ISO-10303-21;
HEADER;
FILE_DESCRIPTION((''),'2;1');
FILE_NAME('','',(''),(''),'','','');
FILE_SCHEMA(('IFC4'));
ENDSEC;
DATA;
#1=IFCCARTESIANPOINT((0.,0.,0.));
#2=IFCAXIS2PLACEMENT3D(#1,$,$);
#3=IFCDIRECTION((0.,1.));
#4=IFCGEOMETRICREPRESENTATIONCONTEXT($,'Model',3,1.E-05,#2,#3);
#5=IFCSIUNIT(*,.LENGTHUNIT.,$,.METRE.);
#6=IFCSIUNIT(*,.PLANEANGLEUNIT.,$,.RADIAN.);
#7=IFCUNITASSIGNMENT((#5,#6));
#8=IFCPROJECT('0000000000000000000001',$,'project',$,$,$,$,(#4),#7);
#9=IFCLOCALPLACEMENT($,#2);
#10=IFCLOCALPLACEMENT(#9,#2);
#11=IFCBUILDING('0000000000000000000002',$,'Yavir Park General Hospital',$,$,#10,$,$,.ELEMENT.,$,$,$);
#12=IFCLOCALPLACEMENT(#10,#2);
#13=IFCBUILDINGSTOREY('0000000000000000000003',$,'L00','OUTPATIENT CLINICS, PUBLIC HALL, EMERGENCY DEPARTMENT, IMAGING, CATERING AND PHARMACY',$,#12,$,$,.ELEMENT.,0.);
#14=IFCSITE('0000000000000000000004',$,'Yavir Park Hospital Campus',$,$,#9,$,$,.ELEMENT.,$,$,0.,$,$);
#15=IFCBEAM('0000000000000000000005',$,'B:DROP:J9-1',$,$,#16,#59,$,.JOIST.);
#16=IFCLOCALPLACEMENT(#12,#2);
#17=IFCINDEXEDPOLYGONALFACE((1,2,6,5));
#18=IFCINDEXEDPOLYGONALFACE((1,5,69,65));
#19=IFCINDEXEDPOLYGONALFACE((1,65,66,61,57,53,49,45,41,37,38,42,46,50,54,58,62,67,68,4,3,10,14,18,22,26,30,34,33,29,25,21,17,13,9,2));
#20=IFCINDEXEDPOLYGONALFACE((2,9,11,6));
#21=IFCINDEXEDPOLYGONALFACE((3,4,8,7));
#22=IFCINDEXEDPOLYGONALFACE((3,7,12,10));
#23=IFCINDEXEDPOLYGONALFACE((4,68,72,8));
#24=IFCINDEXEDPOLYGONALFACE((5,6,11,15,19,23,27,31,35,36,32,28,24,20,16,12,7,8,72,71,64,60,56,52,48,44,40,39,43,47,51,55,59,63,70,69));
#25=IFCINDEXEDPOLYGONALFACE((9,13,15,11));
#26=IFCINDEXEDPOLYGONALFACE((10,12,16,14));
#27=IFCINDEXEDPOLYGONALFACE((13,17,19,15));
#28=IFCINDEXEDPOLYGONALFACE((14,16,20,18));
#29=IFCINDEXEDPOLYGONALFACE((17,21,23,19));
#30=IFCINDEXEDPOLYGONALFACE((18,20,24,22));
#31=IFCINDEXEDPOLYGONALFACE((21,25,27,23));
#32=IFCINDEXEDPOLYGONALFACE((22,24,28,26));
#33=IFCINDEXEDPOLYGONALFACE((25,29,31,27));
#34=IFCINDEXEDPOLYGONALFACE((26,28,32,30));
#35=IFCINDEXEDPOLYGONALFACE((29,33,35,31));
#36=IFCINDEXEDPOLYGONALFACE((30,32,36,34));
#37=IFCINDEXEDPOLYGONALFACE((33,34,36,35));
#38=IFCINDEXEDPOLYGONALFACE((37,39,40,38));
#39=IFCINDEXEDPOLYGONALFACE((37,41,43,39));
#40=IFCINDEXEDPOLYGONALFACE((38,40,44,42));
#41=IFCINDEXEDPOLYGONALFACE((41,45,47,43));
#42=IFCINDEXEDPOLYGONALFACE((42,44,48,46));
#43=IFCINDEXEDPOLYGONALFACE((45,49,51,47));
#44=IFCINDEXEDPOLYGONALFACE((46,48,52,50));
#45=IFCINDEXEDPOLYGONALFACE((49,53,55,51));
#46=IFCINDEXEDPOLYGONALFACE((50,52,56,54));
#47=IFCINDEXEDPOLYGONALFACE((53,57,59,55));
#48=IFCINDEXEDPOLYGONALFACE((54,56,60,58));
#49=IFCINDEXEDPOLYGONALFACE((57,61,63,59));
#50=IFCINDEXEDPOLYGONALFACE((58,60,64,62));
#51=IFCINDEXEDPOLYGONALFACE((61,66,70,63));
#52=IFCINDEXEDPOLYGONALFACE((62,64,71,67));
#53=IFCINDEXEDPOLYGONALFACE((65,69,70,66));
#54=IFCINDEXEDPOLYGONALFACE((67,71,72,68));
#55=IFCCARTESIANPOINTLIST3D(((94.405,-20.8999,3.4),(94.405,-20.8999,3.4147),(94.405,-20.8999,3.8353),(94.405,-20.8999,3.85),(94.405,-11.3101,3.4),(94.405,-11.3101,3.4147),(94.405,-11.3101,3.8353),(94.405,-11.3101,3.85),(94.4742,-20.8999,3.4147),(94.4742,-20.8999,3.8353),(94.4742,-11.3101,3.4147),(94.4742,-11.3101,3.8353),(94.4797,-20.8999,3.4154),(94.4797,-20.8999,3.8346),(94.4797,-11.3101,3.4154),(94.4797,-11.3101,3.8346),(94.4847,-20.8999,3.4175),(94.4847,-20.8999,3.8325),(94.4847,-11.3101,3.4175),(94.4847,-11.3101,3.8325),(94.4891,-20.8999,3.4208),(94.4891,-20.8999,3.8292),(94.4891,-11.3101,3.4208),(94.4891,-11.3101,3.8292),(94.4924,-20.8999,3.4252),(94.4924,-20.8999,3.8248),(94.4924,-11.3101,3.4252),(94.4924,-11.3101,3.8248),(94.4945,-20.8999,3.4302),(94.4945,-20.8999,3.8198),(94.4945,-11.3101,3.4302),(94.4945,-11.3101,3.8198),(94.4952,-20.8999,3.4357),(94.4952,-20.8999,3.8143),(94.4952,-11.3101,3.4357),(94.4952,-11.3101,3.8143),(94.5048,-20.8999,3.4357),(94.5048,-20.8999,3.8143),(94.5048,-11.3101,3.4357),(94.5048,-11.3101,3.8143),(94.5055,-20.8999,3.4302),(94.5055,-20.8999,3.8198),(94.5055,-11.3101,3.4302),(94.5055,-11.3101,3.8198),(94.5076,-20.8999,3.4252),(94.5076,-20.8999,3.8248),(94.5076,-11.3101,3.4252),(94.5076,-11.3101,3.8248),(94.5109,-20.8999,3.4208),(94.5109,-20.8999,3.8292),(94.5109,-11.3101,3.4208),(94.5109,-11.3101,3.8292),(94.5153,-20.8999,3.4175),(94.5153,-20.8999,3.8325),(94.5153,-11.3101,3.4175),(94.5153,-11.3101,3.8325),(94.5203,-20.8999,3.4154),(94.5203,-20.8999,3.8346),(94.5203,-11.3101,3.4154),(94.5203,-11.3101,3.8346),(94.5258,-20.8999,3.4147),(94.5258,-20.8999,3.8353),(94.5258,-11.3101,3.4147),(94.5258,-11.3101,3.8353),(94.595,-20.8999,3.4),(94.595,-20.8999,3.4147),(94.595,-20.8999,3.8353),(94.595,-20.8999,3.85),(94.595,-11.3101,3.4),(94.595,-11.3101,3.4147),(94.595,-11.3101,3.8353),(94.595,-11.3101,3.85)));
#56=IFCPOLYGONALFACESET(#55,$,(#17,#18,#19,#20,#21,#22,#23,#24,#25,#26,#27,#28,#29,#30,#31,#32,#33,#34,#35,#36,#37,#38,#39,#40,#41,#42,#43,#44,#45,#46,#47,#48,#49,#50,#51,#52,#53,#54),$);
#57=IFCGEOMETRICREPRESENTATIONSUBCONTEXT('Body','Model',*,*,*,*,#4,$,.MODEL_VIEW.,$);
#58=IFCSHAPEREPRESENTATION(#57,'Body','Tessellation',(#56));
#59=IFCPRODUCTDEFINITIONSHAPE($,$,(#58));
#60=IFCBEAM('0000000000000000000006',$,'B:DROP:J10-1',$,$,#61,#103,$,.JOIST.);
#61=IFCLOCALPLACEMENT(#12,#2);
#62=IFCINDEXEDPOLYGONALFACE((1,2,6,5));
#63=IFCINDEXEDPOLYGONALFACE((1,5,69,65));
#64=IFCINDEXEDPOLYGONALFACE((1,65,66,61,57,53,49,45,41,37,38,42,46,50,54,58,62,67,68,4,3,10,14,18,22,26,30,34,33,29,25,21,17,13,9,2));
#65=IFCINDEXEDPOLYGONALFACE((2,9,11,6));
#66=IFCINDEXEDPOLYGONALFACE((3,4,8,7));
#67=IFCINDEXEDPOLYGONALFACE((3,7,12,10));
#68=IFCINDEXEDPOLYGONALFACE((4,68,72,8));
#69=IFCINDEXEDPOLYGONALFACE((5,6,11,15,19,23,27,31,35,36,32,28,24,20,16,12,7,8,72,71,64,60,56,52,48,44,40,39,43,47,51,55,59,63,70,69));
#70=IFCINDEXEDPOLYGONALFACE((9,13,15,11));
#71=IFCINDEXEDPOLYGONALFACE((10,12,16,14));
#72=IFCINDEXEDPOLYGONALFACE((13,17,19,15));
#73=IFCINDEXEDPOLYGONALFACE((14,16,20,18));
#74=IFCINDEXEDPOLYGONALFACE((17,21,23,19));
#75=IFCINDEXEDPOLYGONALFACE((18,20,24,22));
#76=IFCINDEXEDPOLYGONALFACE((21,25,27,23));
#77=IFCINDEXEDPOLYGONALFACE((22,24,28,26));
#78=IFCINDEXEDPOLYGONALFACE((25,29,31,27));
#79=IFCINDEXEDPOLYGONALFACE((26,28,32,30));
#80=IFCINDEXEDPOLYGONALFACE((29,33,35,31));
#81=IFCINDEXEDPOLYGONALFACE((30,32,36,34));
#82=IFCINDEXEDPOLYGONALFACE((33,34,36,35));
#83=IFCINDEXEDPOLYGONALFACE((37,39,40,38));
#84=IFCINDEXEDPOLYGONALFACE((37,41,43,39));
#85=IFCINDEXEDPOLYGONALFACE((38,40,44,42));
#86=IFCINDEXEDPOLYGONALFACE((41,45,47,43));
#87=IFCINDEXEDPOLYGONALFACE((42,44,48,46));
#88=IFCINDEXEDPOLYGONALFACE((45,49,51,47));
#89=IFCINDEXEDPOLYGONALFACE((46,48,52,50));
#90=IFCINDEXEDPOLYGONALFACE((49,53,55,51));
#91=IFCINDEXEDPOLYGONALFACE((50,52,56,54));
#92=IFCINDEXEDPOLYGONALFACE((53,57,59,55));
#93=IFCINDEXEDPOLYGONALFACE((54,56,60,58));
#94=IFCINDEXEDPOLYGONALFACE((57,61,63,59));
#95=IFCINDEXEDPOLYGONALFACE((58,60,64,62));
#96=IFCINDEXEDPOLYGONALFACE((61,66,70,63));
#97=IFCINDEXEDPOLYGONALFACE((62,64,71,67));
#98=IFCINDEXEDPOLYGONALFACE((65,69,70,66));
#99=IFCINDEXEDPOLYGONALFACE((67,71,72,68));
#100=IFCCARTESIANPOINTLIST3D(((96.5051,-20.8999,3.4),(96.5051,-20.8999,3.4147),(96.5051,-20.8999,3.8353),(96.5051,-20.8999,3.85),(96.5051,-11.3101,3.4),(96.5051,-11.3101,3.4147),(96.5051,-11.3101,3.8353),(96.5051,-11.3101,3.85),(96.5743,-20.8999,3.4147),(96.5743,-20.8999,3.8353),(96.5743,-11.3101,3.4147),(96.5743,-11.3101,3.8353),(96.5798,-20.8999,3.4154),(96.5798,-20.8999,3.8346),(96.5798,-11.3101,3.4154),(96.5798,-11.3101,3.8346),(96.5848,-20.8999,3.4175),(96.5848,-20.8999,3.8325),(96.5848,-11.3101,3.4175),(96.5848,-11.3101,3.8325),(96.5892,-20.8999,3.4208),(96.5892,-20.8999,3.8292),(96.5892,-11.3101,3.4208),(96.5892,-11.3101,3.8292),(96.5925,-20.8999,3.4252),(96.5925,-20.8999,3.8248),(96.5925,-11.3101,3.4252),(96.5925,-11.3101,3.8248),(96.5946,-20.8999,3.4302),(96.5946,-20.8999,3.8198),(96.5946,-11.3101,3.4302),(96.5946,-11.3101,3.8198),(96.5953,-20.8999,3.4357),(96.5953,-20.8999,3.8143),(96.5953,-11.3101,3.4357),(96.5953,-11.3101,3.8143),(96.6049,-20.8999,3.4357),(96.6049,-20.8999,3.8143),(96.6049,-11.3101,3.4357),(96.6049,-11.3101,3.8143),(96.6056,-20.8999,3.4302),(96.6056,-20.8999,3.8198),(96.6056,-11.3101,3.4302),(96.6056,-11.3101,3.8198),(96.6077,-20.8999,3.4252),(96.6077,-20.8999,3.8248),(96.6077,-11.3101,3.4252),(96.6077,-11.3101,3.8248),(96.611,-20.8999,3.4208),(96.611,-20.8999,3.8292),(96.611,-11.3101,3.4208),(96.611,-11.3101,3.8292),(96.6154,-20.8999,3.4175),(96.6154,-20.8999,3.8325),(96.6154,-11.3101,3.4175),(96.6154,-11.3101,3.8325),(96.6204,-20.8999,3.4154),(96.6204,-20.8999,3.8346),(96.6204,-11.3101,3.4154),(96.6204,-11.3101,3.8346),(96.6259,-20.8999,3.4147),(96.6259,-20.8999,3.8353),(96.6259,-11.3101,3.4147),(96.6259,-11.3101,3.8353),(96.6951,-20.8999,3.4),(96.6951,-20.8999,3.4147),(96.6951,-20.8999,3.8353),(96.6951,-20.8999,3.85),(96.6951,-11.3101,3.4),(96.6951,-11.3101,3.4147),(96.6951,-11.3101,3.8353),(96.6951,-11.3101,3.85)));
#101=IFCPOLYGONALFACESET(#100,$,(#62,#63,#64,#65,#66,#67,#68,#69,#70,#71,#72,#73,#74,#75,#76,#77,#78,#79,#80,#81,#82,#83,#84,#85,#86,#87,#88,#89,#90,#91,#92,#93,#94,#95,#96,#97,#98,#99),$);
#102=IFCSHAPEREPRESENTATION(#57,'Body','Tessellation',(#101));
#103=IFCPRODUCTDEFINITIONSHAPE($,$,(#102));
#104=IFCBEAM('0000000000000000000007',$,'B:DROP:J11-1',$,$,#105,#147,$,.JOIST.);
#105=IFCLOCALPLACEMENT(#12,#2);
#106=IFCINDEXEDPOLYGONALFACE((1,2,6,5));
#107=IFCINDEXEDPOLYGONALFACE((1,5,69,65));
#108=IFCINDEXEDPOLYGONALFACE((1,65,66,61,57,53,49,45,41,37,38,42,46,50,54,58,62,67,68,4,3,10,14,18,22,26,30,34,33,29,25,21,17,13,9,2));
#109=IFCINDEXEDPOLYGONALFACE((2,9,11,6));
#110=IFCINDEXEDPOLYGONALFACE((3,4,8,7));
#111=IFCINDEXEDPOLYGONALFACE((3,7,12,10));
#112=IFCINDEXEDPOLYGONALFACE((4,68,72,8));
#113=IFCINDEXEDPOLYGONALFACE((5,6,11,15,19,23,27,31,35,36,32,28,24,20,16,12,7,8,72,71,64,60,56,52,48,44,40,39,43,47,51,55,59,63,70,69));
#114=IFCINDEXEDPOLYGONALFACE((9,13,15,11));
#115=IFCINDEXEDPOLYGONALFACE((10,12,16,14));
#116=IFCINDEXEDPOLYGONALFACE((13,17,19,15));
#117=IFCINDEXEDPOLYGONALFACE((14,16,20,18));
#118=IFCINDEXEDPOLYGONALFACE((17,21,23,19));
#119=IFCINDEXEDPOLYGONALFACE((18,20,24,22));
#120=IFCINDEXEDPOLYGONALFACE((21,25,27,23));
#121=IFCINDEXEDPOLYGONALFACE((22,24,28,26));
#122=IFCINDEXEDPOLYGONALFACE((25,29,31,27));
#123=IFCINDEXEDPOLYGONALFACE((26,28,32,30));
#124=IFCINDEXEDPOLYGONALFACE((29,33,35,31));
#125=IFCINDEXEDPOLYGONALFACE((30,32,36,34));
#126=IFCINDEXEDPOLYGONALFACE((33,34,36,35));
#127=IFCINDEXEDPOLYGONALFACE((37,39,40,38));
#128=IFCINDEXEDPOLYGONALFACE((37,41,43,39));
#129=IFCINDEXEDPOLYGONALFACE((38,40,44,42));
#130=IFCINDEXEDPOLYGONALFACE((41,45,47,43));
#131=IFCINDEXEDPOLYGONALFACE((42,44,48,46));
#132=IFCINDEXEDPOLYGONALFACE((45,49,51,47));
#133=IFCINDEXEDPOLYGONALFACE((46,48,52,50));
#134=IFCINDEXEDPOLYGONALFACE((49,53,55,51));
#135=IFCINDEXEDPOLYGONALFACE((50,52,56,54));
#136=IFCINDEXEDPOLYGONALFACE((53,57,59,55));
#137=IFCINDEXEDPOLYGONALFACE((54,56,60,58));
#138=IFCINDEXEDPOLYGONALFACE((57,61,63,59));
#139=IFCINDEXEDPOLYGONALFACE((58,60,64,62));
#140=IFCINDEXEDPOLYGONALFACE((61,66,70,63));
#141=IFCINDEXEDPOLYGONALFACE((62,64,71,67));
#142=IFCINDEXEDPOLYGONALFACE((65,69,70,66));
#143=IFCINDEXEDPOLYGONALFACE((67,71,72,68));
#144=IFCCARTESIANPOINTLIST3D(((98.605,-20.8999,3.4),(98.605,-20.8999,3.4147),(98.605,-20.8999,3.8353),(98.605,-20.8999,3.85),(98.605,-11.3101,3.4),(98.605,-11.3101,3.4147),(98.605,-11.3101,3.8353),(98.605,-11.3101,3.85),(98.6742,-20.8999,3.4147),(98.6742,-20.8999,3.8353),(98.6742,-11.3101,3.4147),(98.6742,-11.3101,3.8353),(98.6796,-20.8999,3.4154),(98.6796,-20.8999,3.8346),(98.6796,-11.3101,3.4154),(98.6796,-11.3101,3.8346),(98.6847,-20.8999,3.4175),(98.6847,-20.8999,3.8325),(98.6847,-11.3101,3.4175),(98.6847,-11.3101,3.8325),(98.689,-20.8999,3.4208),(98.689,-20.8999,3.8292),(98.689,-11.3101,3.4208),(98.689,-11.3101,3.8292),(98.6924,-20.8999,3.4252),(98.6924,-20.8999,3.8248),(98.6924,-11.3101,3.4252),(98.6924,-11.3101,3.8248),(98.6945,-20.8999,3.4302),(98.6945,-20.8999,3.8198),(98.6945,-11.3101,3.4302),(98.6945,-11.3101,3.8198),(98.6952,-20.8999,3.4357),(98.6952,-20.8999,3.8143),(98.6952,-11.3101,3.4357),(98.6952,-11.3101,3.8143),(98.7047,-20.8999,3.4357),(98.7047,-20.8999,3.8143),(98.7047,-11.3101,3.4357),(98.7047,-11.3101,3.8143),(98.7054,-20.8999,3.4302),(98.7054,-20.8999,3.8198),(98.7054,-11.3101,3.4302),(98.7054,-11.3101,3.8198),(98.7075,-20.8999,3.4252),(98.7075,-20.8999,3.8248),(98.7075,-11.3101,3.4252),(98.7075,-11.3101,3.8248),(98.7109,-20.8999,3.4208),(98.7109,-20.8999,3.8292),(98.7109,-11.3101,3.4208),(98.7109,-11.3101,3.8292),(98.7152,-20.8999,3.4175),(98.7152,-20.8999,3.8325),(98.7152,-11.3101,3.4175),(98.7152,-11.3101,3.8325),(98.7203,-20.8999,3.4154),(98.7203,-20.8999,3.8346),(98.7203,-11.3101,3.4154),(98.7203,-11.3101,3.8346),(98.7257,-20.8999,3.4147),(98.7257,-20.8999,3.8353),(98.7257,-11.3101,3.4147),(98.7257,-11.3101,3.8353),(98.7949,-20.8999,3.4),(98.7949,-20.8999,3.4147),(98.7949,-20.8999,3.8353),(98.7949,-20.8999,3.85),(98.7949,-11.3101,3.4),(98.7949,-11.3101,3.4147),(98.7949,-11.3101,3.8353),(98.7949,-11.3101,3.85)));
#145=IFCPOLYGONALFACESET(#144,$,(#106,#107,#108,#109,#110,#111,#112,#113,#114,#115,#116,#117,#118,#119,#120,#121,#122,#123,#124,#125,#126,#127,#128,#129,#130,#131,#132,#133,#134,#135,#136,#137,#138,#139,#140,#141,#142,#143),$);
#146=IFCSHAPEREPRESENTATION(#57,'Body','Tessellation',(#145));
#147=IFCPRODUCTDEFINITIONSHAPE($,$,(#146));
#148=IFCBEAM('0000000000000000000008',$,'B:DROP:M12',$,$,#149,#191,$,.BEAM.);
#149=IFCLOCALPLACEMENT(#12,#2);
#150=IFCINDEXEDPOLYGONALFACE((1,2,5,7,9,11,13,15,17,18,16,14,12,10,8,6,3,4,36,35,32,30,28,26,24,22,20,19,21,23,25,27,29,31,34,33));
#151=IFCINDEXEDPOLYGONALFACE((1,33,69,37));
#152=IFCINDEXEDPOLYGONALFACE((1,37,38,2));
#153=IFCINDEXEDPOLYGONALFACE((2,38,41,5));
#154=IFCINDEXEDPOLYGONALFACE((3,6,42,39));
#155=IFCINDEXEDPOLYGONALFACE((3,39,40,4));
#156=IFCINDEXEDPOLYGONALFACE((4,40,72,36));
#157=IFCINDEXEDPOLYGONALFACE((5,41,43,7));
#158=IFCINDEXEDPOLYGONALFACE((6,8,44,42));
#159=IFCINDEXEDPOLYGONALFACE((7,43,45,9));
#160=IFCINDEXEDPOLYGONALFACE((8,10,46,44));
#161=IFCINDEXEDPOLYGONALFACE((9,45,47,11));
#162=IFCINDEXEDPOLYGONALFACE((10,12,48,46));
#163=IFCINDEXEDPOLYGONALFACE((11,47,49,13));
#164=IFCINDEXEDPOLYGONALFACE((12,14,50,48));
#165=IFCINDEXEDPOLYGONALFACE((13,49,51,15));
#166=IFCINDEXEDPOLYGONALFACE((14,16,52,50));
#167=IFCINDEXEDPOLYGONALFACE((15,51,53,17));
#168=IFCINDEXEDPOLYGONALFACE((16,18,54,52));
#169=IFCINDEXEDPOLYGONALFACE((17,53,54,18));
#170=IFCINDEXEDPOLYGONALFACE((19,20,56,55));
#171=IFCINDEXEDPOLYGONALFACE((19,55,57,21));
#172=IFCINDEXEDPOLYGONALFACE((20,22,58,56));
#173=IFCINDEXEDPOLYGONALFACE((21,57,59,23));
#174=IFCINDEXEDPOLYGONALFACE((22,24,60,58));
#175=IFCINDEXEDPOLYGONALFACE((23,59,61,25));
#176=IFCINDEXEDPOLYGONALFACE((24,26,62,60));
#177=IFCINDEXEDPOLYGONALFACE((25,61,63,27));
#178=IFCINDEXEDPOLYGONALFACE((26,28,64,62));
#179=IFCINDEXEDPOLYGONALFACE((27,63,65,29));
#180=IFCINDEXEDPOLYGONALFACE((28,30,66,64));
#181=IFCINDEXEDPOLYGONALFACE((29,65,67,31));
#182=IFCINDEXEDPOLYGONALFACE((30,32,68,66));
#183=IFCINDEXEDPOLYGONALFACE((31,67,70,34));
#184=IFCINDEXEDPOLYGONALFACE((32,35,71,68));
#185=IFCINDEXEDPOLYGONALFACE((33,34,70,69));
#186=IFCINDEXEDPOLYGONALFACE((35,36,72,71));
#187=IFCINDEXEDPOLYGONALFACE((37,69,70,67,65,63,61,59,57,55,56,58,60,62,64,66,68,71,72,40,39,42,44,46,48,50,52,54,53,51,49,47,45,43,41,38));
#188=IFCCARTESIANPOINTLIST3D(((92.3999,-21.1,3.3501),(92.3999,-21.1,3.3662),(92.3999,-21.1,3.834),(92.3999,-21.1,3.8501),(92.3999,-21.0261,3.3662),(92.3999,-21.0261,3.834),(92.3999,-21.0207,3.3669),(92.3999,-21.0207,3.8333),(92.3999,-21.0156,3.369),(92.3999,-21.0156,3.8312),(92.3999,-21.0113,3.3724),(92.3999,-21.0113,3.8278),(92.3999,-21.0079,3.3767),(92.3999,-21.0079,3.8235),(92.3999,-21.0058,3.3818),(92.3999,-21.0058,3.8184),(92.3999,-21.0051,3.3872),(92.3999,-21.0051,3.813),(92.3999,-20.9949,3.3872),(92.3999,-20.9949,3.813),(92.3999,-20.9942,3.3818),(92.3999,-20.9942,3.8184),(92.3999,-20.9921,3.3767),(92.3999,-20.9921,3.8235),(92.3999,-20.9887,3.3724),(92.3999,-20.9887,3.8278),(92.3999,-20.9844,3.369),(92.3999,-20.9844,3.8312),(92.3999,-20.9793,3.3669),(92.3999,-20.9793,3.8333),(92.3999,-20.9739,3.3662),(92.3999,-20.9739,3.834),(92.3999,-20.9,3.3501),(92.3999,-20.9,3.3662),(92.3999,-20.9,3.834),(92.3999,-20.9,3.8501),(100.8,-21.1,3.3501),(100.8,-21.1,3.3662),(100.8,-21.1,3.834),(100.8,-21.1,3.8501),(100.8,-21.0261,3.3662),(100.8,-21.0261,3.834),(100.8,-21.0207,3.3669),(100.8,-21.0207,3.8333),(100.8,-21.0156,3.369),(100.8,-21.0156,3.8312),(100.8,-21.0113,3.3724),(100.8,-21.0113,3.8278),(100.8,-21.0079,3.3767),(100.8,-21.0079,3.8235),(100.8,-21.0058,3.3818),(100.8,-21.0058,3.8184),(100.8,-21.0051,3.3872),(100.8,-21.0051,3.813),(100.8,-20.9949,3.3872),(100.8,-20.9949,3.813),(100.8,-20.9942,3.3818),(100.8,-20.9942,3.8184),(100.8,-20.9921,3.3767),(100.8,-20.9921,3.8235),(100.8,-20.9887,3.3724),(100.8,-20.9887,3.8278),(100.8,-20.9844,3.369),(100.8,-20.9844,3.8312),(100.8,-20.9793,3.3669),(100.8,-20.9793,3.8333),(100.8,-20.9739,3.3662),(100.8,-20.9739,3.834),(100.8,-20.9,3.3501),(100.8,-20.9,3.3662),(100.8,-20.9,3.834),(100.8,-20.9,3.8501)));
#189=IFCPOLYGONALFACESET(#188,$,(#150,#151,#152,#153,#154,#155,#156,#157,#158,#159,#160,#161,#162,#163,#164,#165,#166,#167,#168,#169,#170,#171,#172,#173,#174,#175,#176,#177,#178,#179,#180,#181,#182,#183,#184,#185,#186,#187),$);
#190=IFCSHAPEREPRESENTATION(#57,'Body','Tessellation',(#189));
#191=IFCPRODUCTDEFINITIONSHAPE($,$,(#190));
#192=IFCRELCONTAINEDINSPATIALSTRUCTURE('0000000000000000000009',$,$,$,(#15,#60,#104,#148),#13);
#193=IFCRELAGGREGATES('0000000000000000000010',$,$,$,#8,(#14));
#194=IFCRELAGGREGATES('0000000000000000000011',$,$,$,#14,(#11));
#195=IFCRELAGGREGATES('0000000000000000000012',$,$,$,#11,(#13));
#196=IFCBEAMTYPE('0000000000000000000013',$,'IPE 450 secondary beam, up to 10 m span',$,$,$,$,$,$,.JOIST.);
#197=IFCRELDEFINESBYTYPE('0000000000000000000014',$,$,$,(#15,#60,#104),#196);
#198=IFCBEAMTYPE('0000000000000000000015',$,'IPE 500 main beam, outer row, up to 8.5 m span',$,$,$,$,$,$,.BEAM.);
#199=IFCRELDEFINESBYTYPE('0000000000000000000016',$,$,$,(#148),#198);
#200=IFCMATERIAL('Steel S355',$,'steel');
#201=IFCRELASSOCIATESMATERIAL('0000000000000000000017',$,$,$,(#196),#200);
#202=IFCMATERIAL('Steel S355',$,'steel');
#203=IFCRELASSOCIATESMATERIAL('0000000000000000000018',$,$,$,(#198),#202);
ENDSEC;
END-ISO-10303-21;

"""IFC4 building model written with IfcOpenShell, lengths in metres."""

from ifc_helpers import new_model, si_unit, direction, frame, origin, origin_2d, place, context, subcontext, project, spatial, i_section, extrude, material, material_profile, profile_set, type_object, element, save


model = new_model("IFC4")

# Units and contexts
model_context = context("Model", 3, precision=1e-05, world=origin(), true_north=direction((0.0, 1.0)))
body_context = subcontext(model_context, "Body", "Model", "MODEL_VIEW")
ifc_project = project(units=[si_unit("LENGTHUNIT", "METRE"), si_unit("PLANEANGLEUNIT", "RADIAN")], contexts=[model_context])

# Site, building, storey
site_placement = place(None, origin())
site = spatial("IfcSite", under=ifc_project, at=site_placement, Name="Yavir Park Hospital Campus", CompositionType="ELEMENT", RefElevation=0.0)
building_placement = place(site_placement, origin())
building = spatial("IfcBuilding", under=site, at=building_placement, Name="Yavir Park General Hospital", CompositionType="ELEMENT")
storey_placement = place(building_placement, origin())
storey = spatial("IfcBuildingStorey", under=building, at=storey_placement, Name="L00", Description="OUTPATIENT CLINICS, PUBLIC HALL, EMERGENCY DEPARTMENT, IMAGING, CATERING AND PHARMACY", CompositionType="ELEMENT", Elevation=0.0)

# Beams
ifc_material_1 = material(Name="Steel S355", Category="steel")
ifc_material_profile_1 = material_profile(ifc_material_1, i_section(OverallWidth=0.1899, OverallDepth=0.45, WebThickness=0.0095, FlangeThickness=0.0146, FilletRadius=0.021, at=origin_2d()), Name="IPE450")
ifc_profile_set_1 = profile_set([ifc_material_profile_1], Name="Steel S355")
beam_type_1 = type_object("IfcBeamType", Name="IPE 450 secondary beam, up to 10 m span", PredefinedType="JOIST", material=ifc_profile_set_1)
for number, where, z_axis, x_axis, name in (
    (1, (94.5, -11.3101, 3.625), (0.0, -1.0, 0.0), (1.0, 0.0, 0.0), "B:DROP:J9-1"),
    (2, (96.6001, -11.3101, 3.625), (0.0, -1.0, 0.0), (1.0, 0.0, 0.0), "B:DROP:J10-1"),
    (3, (98.7, -11.3101, 3.625), (0.0, -1.0, 0.0), (1.0, 0.0, 0.0), "B:DROP:J11-1"),
):
    element("IfcBeam", number, at=place(storey_placement, frame(where, z_axis=z_axis, x_axis=x_axis)), inside=storey, type_object=beam_type_1, Name=name, PredefinedType="JOIST", context=body_context, shape_type="SweptSolid", body=[
        extrude(i_section(OverallWidth=0.1899, OverallDepth=0.45, WebThickness=0.0095, FlangeThickness=0.0146, FilletRadius=0.021, at=origin_2d()), origin(), (0.0, 0.0, 1.0), 9.5898),
    ])
ifc_material_2 = material(Name="Steel S355", Category="steel")
ifc_material_profile_2 = material_profile(ifc_material_2, i_section(OverallWidth=0.2, OverallDepth=0.5, WebThickness=0.0103, FlangeThickness=0.0161, FilletRadius=0.021, at=origin_2d()), Name="IPE500")
ifc_profile_set_2 = profile_set([ifc_material_profile_2], Name="Steel S355")
beam_type_2 = type_object("IfcBeamType", Name="IPE 500 main beam, outer row, up to 8.5 m span", PredefinedType="BEAM", material=ifc_profile_set_2)
beam_placement = place(storey_placement, frame((92.3999, -21.0, 3.6001), z_axis=(1.0, 0.0, 0.0), x_axis=(0.0, 1.0, 0.0)))
element("IfcBeam", 4, at=beam_placement, inside=storey, type_object=beam_type_2, Name="B:DROP:M12", PredefinedType="BEAM", context=body_context, shape_type="SweptSolid", body=[
    extrude(i_section(OverallWidth=0.2, OverallDepth=0.5, WebThickness=0.0103, FlangeThickness=0.0161, FilletRadius=0.021, at=origin_2d()), origin(), (0.0, 0.0, 1.0), 8.4001),
])

save(model, "model.ifc")
